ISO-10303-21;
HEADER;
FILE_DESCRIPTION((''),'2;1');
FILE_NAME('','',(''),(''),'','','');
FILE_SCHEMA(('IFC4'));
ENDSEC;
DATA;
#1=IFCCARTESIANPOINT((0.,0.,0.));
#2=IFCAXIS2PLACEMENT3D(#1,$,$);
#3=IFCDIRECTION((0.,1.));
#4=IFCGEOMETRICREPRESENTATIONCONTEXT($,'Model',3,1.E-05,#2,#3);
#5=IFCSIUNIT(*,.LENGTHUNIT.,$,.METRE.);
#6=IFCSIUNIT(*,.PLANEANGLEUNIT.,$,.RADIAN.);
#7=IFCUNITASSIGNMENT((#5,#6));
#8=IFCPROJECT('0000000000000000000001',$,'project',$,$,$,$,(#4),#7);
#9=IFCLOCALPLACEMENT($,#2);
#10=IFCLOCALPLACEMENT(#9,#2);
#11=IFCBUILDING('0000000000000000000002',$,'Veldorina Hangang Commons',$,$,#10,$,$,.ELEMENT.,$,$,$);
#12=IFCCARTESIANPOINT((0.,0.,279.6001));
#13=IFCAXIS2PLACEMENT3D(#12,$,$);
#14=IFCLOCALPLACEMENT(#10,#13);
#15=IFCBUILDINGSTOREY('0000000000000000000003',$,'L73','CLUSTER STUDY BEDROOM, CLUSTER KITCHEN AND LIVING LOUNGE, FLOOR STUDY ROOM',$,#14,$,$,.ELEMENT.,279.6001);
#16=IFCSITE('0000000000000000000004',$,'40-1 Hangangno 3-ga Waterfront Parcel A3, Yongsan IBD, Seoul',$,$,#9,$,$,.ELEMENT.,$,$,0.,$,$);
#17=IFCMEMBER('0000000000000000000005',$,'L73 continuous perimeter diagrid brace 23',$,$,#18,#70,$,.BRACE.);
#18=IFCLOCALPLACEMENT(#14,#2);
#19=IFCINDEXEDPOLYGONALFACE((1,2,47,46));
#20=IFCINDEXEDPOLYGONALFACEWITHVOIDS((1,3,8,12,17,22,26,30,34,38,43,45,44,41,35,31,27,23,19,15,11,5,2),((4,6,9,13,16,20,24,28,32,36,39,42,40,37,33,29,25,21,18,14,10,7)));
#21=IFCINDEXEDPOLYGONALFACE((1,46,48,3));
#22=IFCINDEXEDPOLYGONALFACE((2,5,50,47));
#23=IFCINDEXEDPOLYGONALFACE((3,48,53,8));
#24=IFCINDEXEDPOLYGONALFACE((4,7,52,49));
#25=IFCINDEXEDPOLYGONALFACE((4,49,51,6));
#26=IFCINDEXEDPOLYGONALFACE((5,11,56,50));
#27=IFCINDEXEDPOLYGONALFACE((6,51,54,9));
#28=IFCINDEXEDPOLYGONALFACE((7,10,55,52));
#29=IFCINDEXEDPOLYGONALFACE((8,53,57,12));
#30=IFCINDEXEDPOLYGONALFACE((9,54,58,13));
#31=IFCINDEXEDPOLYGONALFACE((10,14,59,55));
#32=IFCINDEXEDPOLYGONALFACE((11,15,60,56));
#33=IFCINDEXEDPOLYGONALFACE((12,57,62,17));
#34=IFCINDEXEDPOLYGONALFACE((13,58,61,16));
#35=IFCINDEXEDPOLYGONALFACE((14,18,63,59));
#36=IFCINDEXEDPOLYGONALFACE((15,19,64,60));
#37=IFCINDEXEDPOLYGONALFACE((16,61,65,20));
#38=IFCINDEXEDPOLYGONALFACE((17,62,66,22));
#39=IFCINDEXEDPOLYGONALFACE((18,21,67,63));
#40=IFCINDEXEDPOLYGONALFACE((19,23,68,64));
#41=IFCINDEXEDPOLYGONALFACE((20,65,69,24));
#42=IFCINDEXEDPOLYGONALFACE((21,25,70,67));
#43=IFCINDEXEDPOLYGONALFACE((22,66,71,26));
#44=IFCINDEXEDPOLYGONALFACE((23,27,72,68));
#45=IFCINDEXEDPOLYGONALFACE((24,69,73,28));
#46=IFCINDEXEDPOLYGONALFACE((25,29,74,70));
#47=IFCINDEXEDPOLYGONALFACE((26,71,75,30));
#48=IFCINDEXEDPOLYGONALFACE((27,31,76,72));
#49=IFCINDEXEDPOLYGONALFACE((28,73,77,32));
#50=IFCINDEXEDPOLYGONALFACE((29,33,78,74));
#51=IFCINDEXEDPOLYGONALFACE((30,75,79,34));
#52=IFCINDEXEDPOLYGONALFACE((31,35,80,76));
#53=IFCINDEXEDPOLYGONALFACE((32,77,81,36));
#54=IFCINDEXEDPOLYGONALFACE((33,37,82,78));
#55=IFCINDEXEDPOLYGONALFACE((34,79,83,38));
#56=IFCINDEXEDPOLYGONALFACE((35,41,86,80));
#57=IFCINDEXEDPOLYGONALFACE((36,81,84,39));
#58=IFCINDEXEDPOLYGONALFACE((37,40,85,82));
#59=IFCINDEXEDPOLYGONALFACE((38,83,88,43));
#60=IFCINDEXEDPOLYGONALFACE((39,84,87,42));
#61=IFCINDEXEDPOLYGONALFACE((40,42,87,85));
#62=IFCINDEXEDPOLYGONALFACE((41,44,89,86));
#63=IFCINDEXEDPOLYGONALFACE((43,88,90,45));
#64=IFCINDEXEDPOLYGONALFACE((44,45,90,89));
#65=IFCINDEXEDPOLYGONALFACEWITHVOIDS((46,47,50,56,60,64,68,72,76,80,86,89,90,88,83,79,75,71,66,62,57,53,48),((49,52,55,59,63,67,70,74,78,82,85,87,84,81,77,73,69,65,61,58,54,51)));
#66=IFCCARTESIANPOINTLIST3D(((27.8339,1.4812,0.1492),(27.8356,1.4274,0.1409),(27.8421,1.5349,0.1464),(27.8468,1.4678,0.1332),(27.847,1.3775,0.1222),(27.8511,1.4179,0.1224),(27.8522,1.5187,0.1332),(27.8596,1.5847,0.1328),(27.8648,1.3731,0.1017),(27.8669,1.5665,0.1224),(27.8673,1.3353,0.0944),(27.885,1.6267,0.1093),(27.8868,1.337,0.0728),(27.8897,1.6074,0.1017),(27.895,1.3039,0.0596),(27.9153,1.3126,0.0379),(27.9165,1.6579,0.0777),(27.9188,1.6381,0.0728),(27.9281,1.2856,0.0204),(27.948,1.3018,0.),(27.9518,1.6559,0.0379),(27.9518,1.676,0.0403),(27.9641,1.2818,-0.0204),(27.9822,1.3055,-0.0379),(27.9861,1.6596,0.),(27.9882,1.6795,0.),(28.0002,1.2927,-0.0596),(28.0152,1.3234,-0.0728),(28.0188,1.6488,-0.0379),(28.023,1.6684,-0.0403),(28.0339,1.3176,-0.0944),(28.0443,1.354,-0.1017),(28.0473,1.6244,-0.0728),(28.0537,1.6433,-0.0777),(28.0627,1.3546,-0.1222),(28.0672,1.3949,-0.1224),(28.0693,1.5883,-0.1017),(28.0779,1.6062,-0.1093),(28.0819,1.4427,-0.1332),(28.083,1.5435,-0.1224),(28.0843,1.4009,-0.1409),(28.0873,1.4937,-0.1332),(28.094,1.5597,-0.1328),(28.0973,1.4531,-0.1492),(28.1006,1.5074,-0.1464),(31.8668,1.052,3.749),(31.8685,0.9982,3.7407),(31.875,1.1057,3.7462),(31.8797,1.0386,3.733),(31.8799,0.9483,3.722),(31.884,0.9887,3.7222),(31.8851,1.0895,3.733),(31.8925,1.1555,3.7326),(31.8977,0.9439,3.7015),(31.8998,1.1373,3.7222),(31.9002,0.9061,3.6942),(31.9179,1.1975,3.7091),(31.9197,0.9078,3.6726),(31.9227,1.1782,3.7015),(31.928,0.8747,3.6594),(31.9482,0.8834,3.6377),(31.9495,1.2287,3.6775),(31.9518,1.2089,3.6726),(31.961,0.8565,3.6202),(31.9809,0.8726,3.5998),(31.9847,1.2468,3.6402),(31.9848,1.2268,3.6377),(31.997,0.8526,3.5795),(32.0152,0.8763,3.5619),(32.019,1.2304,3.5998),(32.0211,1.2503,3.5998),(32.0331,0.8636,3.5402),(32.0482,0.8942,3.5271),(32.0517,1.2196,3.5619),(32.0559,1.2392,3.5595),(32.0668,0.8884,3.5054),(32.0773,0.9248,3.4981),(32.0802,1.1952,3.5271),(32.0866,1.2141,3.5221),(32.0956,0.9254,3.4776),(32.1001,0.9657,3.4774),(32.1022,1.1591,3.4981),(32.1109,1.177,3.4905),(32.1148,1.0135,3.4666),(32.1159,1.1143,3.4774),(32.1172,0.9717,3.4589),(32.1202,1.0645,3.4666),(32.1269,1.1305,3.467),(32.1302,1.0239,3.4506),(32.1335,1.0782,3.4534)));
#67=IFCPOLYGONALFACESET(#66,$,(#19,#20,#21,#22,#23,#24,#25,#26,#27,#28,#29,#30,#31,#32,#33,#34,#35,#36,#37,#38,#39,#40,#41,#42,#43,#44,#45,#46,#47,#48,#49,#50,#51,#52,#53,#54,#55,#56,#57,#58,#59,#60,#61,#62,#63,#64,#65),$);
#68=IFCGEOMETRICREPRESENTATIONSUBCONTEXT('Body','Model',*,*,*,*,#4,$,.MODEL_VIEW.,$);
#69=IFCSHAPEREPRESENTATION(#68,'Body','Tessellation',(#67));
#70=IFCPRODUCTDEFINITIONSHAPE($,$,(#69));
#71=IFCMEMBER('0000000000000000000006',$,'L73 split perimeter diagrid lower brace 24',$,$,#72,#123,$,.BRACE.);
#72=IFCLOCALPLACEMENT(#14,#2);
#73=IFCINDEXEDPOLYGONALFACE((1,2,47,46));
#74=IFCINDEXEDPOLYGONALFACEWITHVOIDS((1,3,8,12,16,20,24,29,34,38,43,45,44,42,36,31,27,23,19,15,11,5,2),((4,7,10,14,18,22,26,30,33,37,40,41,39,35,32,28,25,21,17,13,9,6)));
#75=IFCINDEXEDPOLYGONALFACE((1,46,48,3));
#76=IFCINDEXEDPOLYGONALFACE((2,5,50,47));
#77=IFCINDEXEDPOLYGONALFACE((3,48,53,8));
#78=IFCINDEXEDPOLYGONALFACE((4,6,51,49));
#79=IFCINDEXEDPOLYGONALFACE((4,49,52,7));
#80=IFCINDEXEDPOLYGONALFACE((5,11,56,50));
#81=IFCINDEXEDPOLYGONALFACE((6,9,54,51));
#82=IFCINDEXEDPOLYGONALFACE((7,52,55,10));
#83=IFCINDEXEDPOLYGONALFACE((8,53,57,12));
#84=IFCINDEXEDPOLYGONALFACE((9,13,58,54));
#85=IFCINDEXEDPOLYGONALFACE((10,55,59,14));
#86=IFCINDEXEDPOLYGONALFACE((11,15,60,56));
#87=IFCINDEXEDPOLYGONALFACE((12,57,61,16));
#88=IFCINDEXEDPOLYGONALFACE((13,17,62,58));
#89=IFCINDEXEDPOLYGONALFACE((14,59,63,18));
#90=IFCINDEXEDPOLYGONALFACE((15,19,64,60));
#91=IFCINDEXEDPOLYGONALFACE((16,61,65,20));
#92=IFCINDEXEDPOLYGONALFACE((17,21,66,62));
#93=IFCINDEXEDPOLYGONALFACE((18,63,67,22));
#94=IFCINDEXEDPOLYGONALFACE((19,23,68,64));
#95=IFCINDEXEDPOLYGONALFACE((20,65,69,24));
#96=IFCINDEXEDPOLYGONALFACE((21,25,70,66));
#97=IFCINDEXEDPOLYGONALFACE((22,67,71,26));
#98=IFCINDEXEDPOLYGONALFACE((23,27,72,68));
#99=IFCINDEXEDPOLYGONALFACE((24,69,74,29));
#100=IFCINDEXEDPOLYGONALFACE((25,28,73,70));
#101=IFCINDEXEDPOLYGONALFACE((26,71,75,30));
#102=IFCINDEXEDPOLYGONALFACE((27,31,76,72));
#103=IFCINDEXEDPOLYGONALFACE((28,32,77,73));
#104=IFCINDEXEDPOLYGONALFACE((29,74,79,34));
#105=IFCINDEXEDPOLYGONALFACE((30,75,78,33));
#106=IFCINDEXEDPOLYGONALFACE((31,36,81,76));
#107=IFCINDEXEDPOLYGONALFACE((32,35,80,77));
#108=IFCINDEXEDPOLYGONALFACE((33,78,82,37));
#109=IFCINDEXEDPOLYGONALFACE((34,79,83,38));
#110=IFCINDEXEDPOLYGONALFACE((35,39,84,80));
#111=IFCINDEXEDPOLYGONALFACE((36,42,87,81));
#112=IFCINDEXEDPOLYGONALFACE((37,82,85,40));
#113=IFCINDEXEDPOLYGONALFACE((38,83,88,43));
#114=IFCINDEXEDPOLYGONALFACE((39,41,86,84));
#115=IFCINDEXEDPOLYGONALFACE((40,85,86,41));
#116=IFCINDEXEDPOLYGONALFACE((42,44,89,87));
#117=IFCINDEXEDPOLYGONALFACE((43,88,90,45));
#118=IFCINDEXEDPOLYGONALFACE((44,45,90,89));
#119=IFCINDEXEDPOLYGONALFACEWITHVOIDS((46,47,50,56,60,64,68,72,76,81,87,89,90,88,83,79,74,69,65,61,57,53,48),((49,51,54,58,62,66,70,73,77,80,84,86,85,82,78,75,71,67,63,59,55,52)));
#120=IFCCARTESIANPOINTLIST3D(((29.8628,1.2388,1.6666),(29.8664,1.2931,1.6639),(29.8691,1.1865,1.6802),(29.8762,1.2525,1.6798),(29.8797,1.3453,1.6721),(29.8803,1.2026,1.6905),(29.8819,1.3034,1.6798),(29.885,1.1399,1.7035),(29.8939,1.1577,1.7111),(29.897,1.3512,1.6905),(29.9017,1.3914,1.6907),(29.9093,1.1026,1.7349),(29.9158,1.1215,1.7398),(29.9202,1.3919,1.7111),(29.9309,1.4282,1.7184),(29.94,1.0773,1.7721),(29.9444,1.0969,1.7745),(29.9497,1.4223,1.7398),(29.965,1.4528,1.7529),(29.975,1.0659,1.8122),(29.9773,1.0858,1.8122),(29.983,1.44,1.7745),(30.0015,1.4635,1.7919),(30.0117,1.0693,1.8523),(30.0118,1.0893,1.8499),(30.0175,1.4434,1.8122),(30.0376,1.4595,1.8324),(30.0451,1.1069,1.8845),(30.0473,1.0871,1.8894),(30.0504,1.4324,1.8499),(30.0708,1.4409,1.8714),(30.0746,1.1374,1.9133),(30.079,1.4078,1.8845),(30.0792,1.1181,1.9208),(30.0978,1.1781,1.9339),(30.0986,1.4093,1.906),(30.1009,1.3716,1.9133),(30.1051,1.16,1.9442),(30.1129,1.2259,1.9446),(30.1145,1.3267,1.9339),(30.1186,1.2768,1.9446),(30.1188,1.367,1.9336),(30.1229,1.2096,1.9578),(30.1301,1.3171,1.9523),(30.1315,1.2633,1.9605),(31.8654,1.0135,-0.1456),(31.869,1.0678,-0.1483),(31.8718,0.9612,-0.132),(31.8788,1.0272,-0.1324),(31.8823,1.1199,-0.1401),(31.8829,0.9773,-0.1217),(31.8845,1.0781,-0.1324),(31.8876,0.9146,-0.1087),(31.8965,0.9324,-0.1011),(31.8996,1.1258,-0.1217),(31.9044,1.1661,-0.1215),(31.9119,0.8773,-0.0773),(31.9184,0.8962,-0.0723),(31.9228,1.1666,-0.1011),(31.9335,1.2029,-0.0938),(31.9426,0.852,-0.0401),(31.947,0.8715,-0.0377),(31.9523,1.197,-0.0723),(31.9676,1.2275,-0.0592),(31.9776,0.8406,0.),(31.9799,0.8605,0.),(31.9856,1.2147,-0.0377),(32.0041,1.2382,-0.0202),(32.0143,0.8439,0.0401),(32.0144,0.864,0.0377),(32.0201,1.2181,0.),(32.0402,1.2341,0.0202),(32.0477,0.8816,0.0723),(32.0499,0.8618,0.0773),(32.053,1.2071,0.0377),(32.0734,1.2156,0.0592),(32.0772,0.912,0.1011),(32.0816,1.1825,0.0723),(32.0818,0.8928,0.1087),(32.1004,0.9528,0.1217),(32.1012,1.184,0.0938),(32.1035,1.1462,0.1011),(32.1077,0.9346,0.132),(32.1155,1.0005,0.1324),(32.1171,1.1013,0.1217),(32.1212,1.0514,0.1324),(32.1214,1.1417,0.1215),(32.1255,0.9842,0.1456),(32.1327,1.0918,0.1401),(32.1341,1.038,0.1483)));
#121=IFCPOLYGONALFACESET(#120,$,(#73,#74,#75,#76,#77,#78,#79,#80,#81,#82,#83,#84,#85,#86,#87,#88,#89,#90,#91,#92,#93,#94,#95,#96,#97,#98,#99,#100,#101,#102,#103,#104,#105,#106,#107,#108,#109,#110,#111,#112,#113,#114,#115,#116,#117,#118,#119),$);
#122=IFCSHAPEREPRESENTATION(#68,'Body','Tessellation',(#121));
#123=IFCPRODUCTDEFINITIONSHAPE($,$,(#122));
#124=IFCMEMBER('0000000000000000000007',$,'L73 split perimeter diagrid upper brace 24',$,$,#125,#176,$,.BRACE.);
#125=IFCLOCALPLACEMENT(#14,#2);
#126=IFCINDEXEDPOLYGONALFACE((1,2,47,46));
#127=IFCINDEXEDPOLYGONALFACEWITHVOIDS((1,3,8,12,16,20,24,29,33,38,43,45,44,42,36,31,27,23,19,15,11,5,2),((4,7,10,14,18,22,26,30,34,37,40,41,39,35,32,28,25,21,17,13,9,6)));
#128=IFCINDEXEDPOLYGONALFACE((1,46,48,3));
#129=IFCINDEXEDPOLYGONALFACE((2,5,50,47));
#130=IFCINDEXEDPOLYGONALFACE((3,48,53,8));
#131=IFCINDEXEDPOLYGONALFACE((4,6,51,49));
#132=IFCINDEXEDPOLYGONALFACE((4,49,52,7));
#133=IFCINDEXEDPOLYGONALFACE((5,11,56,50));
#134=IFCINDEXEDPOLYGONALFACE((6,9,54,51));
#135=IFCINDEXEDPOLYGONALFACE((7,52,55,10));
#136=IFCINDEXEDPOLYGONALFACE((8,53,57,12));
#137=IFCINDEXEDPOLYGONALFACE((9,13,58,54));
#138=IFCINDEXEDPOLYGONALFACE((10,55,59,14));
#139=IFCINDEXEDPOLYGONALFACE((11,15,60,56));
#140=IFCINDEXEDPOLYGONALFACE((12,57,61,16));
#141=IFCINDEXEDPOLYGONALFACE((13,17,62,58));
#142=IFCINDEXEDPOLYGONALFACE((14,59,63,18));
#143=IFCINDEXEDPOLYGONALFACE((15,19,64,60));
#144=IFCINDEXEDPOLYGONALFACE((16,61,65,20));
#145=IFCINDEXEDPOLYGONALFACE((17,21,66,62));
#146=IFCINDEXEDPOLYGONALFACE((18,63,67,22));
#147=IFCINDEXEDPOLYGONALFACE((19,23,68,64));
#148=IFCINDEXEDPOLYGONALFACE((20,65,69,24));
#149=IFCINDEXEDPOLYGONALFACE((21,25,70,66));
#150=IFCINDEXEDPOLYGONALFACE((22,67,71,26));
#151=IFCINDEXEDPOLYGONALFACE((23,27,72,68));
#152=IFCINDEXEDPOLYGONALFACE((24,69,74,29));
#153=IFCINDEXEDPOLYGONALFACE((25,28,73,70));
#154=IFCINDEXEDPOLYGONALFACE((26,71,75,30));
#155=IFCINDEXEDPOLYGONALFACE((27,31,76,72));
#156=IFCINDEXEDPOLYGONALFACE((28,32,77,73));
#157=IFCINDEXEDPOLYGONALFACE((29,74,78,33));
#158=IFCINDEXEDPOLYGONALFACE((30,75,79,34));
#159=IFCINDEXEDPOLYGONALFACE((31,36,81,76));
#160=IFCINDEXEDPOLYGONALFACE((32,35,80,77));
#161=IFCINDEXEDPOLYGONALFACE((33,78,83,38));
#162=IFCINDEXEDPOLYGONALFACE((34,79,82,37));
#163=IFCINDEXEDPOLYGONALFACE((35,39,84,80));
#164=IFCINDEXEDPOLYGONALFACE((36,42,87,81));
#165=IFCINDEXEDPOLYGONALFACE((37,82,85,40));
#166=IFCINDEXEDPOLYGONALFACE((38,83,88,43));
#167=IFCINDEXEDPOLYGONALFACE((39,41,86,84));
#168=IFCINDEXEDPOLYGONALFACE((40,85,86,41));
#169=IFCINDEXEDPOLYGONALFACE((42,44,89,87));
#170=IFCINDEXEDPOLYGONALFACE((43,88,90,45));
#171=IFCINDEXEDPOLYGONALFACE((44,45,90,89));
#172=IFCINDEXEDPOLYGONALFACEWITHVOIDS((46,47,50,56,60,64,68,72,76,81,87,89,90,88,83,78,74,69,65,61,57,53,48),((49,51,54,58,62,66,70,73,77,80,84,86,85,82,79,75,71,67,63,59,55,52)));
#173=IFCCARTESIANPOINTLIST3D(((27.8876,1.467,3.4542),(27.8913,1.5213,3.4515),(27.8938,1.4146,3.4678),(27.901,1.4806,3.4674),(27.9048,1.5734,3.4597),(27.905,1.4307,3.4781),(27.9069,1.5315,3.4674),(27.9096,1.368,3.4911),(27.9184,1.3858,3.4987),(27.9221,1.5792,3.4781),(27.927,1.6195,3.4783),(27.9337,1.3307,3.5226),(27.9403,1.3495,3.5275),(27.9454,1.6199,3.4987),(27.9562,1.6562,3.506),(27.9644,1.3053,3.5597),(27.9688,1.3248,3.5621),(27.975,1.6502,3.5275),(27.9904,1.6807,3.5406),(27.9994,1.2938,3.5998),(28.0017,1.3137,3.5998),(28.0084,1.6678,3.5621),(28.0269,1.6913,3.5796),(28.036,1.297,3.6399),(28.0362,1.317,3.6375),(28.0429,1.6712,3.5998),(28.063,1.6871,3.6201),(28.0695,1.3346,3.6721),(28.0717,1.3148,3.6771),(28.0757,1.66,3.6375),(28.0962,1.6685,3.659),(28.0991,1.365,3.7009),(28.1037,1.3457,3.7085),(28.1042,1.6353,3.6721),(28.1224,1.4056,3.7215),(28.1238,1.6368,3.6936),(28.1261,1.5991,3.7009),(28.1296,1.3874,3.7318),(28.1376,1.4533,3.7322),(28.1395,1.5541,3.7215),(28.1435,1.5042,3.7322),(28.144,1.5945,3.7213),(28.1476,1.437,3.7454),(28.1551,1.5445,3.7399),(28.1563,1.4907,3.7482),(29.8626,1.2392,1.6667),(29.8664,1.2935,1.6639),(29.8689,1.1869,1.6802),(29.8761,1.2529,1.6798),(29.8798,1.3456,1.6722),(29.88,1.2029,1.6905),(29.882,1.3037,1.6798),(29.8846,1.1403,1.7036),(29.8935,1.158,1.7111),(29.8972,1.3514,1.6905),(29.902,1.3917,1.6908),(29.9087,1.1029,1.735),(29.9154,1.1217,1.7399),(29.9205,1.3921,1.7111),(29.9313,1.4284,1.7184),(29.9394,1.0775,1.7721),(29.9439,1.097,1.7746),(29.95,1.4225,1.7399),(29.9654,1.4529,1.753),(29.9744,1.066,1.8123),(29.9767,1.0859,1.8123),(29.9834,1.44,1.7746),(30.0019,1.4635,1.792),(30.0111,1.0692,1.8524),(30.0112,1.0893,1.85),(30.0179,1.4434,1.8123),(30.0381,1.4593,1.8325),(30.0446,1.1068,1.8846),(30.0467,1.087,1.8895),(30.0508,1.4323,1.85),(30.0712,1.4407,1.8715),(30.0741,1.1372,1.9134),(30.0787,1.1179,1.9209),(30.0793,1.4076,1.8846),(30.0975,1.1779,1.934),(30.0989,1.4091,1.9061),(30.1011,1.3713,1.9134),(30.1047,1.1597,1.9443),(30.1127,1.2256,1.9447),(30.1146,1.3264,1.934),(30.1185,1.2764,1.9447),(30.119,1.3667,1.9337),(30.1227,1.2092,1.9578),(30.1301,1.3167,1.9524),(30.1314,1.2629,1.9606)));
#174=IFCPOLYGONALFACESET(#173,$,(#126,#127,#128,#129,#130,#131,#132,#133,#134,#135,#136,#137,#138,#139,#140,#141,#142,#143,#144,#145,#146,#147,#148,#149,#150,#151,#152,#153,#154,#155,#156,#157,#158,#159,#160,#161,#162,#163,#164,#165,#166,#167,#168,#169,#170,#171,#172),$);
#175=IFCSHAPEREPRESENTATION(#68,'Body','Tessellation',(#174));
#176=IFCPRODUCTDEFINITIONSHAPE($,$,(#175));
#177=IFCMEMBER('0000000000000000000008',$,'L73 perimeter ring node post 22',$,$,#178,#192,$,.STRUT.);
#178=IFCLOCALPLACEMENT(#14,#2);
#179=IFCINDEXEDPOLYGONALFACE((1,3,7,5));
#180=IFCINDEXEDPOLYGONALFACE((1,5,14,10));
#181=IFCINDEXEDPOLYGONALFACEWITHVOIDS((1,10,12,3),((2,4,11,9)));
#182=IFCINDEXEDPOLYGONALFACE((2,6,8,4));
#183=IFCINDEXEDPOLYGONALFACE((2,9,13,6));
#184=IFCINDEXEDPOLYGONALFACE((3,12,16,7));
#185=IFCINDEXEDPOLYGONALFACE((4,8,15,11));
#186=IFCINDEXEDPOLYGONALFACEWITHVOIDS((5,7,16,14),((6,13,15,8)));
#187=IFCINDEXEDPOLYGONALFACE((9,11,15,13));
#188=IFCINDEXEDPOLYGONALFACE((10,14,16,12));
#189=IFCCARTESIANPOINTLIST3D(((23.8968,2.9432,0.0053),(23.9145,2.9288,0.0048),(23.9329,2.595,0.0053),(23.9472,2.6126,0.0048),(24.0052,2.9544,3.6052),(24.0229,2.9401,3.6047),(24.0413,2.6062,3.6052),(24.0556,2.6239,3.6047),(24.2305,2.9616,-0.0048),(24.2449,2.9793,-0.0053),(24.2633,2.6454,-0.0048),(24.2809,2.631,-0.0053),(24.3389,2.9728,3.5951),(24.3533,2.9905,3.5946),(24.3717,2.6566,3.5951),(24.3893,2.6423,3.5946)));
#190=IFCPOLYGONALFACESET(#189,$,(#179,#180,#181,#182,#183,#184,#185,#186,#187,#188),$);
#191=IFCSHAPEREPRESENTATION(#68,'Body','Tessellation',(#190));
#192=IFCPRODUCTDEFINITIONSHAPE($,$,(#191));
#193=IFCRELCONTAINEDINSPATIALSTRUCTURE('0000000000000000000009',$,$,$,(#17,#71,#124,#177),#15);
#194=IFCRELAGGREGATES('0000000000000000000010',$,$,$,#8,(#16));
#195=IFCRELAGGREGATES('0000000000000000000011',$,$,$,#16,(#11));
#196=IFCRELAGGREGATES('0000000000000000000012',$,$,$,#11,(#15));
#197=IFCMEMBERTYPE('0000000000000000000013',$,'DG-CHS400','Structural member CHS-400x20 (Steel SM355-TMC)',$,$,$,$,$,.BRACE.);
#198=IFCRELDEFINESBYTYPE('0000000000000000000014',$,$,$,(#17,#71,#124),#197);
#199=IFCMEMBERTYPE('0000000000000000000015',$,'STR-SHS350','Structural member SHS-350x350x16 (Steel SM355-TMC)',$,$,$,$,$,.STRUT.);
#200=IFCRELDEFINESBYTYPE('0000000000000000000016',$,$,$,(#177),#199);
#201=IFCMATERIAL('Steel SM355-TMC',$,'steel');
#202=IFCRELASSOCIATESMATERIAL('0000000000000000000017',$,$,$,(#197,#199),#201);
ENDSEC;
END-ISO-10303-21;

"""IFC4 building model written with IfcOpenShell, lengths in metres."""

from ifc_helpers import new_model, si_unit, direction, frame, origin, origin_2d, place, context, subcontext, project, spatial, hollow_rectangle, hollow_circle, extrude, material, material_profile, profile_set, type_object, element, save


model = new_model("IFC4")

# Units and contexts
model_context = context("Model", 3, precision=1e-05, world=origin(), true_north=direction((0.0, 1.0)))
body_context = subcontext(model_context, "Body", "Model", "MODEL_VIEW")
ifc_project = project(units=[si_unit("LENGTHUNIT", "METRE"), si_unit("PLANEANGLEUNIT", "RADIAN")], contexts=[model_context])

# Site, building, storey
site_placement = place(None, origin())
site = spatial("IfcSite", under=ifc_project, at=site_placement, Name="40-1 Hangangno 3-ga Waterfront Parcel A3, Yongsan IBD, Seoul", CompositionType="ELEMENT", RefElevation=0.0)
building_placement = place(site_placement, origin())
building = spatial("IfcBuilding", under=site, at=building_placement, Name="Veldorina Hangang Commons", CompositionType="ELEMENT")
storey_placement = place(building_placement, frame((0.0, 0.0, 279.6001)))
storey = spatial("IfcBuildingStorey", under=building, at=storey_placement, Name="L73", Description="CLUSTER STUDY BEDROOM, CLUSTER KITCHEN AND LIVING LOUNGE, FLOOR STUDY ROOM", CompositionType="ELEMENT", Elevation=279.6001)

# Shared definitions
ifc_material_1 = material(Name="Steel SM355-TMC", Category="steel")

# Members
ifc_material_profile_1 = material_profile(ifc_material_1, hollow_circle(Radius=0.2, WallThickness=0.02, at=origin_2d()), Name="CHS-400x20")
ifc_profile_set_1 = profile_set([ifc_material_profile_1], Name="Steel SM355-TMC")
member_type_1 = type_object("IfcMemberType", Name="DG-CHS400", Description="Structural member CHS-400x20 (Steel SM355-TMC)", PredefinedType="BRACE", material=ifc_profile_set_1)
member_1_placement = place(storey_placement, frame((27.967, 1.4807, 0.0), z_axis=(0.74369, -0.079146, 0.663824), x_axis=(0.105825, 0.994385, 0.0)))
element("IfcMember", 1, at=member_1_placement, inside=storey, type_object=member_type_1, Name="L73 continuous perimeter diagrid brace 23", PredefinedType="BRACE", context=body_context, shape_type="SweptSolid", body=[
    extrude(hollow_circle(Radius=0.2, WallThickness=0.02, at=origin_2d()), origin(), (0.0, 0.0, 1.0), 5.4229),
])
member_2_placement = place(storey_placement, frame((32.0, 1.0393, 0.0), z_axis=(-0.738913, 0.083142, 0.668652), x_axis=(-0.111814, -0.993729, 0.0)))
element("IfcMember", 2, at=member_2_placement, inside=storey, type_object=member_type_1, Name="L73 split perimeter diagrid lower brace 24", PredefinedType="BRACE", context=body_context, shape_type="SweptSolid", body=[
    extrude(hollow_circle(Radius=0.2, WallThickness=0.02, at=origin_2d()), origin(), (0.0, 0.0, 1.0), 2.7102),
])
member_3_placement = place(storey_placement, frame((29.9973, 1.2646, 1.8123), z_axis=(-0.738727, 0.085196, 0.668598), x_axis=(-0.114568, -0.993415, 0.0)))
element("IfcMember", 3, at=member_3_placement, inside=storey, type_object=member_type_1, Name="L73 split perimeter diagrid upper brace 24", PredefinedType="BRACE", context=body_context, shape_type="SweptSolid", body=[
    extrude(hollow_circle(Radius=0.2, WallThickness=0.02, at=origin_2d()), origin(), (0.0, 0.0, 1.0), 2.6736),
])
ifc_material_profile_2 = material_profile(ifc_material_1, hollow_rectangle(XDim=0.3501, YDim=0.3501, WallThickness=0.0161, at=origin_2d()), Name="SHS-350x350x16")
ifc_profile_set_2 = profile_set([ifc_material_profile_2], Name="Steel SM355-TMC")
member_type_2 = type_object("IfcMemberType", Name="STR-SHS350", Description="Structural member SHS-350x350x16 (Steel SM355-TMC)", PredefinedType="STRUT", material=ifc_profile_set_2)
member_4_placement = place(storey_placement, frame((24.0889, 2.7871, 0.0), z_axis=(0.030098, 0.003118, 0.999542), x_axis=(-0.103052, 0.994676, 0.0)))
element("IfcMember", 4, at=member_4_placement, inside=storey, type_object=member_type_2, Name="L73 perimeter ring node post 22", PredefinedType="STRUT", context=body_context, shape_type="SweptSolid", body=[
    extrude(hollow_rectangle(XDim=0.3501, YDim=0.3501, WallThickness=0.0161, at=origin_2d()), origin(), (0.0, 0.0, 1.0), 3.6016),
])

save(model, "model.ifc")
